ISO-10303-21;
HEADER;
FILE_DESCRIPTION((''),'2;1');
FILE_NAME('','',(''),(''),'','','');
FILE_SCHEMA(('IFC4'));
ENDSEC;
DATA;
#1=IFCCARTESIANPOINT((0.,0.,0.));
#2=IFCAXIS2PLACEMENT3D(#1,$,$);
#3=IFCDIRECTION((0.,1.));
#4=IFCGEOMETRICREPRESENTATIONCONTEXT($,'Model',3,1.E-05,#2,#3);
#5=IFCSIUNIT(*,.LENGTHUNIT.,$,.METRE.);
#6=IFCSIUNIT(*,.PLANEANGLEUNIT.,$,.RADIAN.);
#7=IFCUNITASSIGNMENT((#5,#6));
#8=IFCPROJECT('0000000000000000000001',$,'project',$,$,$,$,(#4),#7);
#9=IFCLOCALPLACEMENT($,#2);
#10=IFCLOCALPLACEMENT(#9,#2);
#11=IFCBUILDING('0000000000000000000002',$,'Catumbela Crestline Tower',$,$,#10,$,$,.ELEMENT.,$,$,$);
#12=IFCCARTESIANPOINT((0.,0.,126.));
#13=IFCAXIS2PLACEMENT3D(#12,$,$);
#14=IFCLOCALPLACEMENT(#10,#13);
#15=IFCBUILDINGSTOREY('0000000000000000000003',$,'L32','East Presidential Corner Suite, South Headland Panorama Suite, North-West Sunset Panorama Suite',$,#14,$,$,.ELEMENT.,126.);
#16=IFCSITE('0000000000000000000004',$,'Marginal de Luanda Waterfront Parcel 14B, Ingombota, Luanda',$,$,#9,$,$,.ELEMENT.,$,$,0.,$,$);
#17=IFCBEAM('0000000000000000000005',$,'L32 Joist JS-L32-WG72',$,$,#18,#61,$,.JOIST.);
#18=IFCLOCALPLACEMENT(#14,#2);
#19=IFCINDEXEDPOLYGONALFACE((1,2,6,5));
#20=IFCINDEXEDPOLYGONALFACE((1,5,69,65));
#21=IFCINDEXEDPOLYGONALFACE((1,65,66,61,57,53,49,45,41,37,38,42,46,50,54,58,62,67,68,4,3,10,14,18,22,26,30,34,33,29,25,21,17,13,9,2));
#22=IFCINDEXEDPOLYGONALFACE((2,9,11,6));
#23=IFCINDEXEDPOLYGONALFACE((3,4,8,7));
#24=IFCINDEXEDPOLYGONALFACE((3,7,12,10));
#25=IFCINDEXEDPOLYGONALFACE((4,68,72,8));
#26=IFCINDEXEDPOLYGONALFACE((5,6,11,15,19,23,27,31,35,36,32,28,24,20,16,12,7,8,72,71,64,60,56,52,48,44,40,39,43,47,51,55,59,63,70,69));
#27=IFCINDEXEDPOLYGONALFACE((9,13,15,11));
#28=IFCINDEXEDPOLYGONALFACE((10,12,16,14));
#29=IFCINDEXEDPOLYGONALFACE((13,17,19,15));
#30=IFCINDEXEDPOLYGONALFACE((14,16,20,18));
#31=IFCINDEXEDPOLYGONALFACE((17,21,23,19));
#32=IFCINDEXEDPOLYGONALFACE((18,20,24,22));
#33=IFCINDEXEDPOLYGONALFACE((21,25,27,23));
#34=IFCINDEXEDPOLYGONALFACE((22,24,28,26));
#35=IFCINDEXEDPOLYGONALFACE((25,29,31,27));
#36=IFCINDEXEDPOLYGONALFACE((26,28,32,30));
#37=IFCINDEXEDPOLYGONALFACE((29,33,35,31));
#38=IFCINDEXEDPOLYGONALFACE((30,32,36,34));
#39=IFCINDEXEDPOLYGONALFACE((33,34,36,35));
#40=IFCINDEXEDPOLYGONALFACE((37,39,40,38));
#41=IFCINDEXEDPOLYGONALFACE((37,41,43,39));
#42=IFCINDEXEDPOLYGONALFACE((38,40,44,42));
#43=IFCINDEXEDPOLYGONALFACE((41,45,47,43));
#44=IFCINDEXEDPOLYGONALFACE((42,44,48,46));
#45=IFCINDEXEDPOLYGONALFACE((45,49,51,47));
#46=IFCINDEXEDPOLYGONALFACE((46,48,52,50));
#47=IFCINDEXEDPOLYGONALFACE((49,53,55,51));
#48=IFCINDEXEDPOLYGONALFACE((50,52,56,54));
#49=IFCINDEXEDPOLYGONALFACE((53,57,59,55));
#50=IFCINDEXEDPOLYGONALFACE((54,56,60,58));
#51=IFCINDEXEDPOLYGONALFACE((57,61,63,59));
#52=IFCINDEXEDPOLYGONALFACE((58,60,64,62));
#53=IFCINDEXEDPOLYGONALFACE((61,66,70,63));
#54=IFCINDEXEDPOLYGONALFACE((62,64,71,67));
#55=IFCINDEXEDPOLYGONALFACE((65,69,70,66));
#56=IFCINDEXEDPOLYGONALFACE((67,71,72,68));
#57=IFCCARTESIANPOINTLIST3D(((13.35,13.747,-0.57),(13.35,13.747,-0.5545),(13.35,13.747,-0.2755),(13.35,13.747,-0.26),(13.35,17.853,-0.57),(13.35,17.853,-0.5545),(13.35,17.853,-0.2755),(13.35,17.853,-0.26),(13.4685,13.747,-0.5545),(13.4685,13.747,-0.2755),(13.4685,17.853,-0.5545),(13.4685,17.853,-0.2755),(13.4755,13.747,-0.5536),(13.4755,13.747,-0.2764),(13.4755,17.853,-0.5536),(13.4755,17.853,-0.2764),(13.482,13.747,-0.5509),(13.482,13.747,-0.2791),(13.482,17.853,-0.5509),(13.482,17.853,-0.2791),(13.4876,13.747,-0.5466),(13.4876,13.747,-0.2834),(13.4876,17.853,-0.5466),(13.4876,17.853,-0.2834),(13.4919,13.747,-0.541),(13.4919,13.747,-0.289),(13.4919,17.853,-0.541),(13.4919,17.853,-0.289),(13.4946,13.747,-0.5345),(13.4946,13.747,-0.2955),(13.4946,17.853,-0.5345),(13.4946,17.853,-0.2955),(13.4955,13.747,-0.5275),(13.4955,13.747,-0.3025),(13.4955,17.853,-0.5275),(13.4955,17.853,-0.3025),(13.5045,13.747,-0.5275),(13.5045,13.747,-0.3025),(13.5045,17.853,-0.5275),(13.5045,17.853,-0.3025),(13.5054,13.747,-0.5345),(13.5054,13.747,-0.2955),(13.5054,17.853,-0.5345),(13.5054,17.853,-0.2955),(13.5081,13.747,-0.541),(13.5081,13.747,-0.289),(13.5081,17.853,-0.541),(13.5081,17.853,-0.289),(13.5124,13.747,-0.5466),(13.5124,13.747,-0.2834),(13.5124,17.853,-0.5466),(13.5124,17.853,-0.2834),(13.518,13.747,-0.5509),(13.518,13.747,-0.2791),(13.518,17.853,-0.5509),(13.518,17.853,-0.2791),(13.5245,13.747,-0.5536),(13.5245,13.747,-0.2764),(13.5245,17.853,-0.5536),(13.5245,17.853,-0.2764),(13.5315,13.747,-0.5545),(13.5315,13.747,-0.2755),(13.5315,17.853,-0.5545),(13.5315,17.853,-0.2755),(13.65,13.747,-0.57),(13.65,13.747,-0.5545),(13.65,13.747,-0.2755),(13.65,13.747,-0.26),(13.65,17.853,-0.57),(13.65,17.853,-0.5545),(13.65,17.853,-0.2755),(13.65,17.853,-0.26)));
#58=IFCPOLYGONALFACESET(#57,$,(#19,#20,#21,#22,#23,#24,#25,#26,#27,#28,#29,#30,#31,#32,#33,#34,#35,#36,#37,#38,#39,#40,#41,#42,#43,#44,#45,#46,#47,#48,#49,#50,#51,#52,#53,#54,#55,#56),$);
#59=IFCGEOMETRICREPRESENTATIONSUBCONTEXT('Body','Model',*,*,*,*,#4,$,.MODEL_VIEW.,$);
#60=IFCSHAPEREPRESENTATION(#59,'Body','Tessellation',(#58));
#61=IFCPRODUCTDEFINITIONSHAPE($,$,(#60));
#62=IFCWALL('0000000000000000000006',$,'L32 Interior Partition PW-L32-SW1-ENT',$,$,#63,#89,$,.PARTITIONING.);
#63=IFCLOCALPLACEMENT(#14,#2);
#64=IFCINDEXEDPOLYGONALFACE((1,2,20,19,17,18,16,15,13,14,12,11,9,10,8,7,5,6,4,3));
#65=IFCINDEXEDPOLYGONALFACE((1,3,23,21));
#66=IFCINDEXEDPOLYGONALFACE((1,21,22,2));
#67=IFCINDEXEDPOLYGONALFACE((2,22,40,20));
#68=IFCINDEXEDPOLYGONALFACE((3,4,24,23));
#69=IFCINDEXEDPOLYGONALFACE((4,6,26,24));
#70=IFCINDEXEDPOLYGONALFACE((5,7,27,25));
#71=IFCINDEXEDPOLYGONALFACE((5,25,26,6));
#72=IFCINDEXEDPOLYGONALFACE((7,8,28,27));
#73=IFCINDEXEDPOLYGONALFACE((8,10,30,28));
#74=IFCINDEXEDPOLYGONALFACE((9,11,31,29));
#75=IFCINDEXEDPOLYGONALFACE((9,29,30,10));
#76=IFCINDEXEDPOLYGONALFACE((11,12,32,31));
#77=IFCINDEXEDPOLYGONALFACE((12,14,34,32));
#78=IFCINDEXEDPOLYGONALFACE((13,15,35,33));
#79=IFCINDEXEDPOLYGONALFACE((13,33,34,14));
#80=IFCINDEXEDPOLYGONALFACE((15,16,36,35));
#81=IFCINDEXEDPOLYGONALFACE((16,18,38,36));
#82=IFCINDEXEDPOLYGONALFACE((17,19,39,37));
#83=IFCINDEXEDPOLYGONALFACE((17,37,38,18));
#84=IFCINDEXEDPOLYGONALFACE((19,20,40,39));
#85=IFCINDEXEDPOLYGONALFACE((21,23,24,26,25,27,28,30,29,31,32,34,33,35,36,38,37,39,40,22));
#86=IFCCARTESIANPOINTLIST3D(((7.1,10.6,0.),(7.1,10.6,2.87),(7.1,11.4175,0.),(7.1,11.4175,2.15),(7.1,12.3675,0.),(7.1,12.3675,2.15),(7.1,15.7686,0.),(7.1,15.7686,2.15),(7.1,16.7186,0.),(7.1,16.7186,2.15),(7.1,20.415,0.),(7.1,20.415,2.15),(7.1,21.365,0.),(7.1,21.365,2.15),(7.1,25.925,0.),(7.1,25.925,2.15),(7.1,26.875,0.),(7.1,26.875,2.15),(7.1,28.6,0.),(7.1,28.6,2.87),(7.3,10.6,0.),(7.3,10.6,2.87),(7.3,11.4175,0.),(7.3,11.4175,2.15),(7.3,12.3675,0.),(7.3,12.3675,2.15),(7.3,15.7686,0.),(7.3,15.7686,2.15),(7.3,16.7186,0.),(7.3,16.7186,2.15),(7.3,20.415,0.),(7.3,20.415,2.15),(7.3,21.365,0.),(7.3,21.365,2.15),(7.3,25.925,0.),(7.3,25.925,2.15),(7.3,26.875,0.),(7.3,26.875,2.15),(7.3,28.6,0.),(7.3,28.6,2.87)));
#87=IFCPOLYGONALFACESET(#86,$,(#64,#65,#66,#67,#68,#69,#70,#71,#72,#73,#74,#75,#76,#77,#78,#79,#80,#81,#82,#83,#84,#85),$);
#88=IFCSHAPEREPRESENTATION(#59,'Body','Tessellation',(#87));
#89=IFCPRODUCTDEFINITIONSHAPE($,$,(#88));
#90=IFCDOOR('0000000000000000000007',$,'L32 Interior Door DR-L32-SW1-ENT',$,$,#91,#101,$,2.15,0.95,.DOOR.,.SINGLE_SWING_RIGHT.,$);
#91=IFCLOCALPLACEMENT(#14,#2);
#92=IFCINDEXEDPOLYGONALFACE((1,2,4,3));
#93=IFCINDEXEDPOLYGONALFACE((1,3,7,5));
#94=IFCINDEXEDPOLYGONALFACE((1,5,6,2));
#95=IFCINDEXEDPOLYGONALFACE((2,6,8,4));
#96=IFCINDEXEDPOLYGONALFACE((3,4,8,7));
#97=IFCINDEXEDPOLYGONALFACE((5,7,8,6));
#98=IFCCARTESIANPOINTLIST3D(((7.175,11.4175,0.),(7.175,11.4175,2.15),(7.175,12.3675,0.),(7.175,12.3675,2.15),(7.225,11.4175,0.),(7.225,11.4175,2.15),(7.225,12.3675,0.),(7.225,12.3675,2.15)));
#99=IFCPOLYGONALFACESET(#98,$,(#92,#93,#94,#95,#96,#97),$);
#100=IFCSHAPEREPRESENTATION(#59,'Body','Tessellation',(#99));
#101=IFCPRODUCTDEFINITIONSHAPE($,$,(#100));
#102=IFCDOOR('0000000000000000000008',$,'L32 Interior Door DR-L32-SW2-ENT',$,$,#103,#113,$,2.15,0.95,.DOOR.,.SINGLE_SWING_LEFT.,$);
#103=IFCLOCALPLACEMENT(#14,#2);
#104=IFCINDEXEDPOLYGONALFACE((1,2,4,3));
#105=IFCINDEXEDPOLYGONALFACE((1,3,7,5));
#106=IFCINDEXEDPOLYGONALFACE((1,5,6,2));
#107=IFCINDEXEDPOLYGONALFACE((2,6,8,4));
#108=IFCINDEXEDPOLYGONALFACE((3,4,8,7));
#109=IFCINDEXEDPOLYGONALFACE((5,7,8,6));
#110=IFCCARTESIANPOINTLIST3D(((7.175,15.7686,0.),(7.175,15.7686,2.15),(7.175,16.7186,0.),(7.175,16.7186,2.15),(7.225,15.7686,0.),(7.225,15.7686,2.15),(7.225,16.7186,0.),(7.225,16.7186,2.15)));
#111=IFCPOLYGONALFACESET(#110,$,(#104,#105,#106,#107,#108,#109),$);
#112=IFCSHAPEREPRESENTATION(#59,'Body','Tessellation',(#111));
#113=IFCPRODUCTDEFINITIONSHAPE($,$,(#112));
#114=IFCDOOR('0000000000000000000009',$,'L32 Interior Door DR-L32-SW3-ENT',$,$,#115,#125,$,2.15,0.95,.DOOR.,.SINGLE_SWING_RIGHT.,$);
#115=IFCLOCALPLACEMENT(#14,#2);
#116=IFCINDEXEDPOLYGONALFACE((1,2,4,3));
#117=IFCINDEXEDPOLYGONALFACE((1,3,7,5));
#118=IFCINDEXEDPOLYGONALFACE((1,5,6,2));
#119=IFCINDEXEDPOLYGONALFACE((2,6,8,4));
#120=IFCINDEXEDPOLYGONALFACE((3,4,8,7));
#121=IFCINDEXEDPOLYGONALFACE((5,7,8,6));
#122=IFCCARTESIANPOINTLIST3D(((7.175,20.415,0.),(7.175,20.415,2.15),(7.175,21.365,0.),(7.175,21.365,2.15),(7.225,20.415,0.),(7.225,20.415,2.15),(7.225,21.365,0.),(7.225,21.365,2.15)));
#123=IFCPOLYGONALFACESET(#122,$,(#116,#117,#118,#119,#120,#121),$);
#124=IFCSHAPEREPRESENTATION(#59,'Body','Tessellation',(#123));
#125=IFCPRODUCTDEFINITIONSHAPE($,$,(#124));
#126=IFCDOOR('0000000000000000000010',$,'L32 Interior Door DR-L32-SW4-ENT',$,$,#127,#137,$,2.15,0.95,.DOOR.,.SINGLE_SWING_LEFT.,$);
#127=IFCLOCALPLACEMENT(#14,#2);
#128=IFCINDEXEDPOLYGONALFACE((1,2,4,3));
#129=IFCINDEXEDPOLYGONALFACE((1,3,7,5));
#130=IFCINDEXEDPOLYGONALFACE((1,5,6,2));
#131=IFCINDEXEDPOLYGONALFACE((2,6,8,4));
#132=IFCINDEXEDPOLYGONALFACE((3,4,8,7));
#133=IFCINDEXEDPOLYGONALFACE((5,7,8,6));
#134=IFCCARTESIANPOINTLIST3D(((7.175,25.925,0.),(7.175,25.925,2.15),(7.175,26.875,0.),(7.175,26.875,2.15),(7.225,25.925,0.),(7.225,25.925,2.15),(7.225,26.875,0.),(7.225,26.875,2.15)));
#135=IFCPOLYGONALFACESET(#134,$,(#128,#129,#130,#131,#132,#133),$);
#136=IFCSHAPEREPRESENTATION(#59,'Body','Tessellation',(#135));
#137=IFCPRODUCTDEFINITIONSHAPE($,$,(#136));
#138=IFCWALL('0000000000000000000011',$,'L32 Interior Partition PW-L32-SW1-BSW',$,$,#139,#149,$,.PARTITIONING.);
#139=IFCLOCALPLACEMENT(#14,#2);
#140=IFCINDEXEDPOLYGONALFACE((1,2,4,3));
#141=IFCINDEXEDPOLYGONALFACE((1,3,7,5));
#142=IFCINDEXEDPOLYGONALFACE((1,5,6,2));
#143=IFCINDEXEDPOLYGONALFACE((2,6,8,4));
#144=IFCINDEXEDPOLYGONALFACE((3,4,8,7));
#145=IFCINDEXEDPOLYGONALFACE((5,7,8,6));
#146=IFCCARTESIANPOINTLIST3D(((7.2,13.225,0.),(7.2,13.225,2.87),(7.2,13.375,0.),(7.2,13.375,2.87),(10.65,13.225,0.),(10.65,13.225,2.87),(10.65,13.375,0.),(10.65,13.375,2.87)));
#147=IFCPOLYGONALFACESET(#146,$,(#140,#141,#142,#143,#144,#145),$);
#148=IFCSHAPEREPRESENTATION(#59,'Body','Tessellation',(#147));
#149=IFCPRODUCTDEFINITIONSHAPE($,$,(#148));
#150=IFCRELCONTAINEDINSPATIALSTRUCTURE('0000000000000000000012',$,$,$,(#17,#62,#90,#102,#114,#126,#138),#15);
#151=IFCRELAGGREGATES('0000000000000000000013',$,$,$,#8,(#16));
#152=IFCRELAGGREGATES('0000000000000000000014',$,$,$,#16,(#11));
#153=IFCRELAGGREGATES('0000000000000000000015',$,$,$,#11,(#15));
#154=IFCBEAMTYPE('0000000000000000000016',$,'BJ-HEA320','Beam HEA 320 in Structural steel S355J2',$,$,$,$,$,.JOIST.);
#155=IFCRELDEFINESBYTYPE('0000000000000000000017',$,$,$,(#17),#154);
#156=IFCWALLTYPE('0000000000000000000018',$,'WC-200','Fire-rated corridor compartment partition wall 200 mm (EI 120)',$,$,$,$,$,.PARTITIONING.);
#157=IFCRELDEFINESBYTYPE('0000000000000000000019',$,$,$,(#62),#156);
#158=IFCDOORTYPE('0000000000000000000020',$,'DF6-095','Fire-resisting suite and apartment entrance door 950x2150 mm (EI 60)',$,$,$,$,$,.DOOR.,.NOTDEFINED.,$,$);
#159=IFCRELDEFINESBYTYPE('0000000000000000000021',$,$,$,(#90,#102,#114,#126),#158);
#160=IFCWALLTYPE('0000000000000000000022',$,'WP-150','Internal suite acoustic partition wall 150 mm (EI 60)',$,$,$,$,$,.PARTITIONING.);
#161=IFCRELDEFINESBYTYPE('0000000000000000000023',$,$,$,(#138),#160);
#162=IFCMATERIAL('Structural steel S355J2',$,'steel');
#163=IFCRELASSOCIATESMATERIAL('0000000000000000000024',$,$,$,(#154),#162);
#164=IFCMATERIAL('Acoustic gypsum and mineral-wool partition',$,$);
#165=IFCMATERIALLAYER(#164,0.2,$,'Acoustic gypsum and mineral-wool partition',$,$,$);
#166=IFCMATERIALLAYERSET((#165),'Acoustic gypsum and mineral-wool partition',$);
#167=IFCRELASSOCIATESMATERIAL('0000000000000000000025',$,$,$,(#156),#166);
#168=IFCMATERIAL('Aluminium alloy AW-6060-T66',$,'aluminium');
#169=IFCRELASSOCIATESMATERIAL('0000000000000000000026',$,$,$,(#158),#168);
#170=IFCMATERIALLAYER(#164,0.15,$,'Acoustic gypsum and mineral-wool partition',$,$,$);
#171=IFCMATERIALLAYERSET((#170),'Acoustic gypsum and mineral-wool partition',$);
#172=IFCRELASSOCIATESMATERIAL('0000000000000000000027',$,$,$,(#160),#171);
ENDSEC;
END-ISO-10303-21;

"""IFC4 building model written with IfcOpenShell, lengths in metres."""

from ifc_helpers import new_model, si_unit, direction, frame, frame_2d, origin, origin_2d, place, context, subcontext, project, spatial, rectangle, i_section, extrude, material, layer, layer_set, material_profile, profile_set, type_object, element, fill, save


model = new_model("IFC4")

# Units and contexts
model_context = context("Model", 3, precision=1e-05, world=origin(), true_north=direction((0.0, 1.0)))
body_context = subcontext(model_context, "Body", "Model", "MODEL_VIEW")
ifc_project = project(units=[si_unit("LENGTHUNIT", "METRE"), si_unit("PLANEANGLEUNIT", "RADIAN")], contexts=[model_context])

# Site, building, storey
site_placement = place(None, origin())
site = spatial("IfcSite", under=ifc_project, at=site_placement, Name="Marginal de Luanda Waterfront Parcel 14B, Ingombota, Luanda", CompositionType="ELEMENT", RefElevation=0.0)
building_placement = place(site_placement, origin())
building = spatial("IfcBuilding", under=site, at=building_placement, Name="Catumbela Crestline Tower", CompositionType="ELEMENT")
storey_placement = place(building_placement, frame((0.0, 0.0, 126.0)))
storey = spatial("IfcBuildingStorey", under=building, at=storey_placement, Name="L32", Description="East Presidential Corner Suite, South Headland Panorama Suite, North-West Sunset Panorama Suite", CompositionType="ELEMENT", Elevation=126.0)

# Beam
ifc_material_1 = material(Name="Structural steel S355J2", Category="steel")
ifc_material_profile_1 = material_profile(ifc_material_1, i_section(OverallWidth=0.3, OverallDepth=0.31, WebThickness=0.009, FlangeThickness=0.0155, FilletRadius=0.027, at=origin_2d()), Name="HEA 320")
ifc_profile_set_1 = profile_set([ifc_material_profile_1], Name="Structural steel S355J2")
beam_type_1 = type_object("IfcBeamType", Name="BJ-HEA320", Description="Beam HEA 320 in Structural steel S355J2", PredefinedType="JOIST", material=ifc_profile_set_1)
for number, where, z_axis, x_axis, name in (
    (1, (13.5, 13.747, -0.415), (0.0, 1.0, 0.0), (-1.0, 0.0, 0.0), "L32 Joist JS-L32-WG72"),
):
    element("IfcBeam", number, at=place(storey_placement, frame(where, z_axis=z_axis, x_axis=x_axis)), inside=storey, type_object=beam_type_1, Name=name, PredefinedType="JOIST", context=body_context, shape_type="SweptSolid", body=[
        extrude(i_section(OverallWidth=0.3, OverallDepth=0.31, WebThickness=0.009, FlangeThickness=0.0155, FilletRadius=0.027, at=origin_2d()), origin(), (0.0, 0.0, 1.0), 4.106),
    ])

# Wall, openings, doors
ifc_material_2 = material(Name="Acoustic gypsum and mineral-wool partition")
ifc_layer_1 = layer(ifc_material_2, 0.2, Name="Acoustic gypsum and mineral-wool partition")
ifc_layer_set_1 = layer_set([ifc_layer_1], Name="Acoustic gypsum and mineral-wool partition")
wall_type_1 = type_object("IfcWallType", Name="WC-200", Description="Fire-rated corridor compartment partition wall 200 mm (EI 120)", PredefinedType="PARTITIONING", material=ifc_layer_set_1)
wall_1_placement = place(storey_placement, frame((7.2, 10.6, 0.0), z_axis=(0.0, 0.0, 1.0), x_axis=(0.0, 1.0, 0.0)))
wall_1 = element("IfcWall", 2, at=wall_1_placement, inside=storey, type_object=wall_type_1, Name="L32 Interior Partition PW-L32-SW1-ENT", PredefinedType="PARTITIONING", context=body_context, shape_type="SweptSolid", body=[
    extrude(rectangle(XDim=18.0, YDim=0.2, at=frame_2d((9.0, 0.0))), origin(), (0.0, 0.0, 1.0), 2.87),
])
opening_1_placement = place(wall_1_placement, frame((0.8175, 0.0, 0.0)))
opening_1 = element("IfcOpeningElement", 3, at=opening_1_placement, cuts=wall_1, PredefinedType="OPENING", context=body_context, shape_type="SweptSolid", body=[
    extrude(rectangle(XDim=0.95, YDim=2.15, at=frame_2d((0.475, 1.075))), frame((0.0, 0.11, 0.0), z_axis=(0.0, -1.0, 0.0), x_axis=(1.0, 0.0, 0.0)), (0.0, 0.0, 1.0), 0.22),
])
opening_2_placement = place(wall_1_placement, frame((5.1686, 0.0, 0.0)))
opening_2 = element("IfcOpeningElement", 4, at=opening_2_placement, cuts=wall_1, PredefinedType="OPENING", context=body_context, shape_type="SweptSolid", body=[
    extrude(rectangle(XDim=0.95, YDim=2.15, at=frame_2d((0.475, 1.075))), frame((0.0, 0.11, 0.0), z_axis=(0.0, -1.0, 0.0), x_axis=(1.0, 0.0, 0.0)), (0.0, 0.0, 1.0), 0.22),
])
opening_3_placement = place(wall_1_placement, frame((9.815, 0.0, 0.0)))
opening_3 = element("IfcOpeningElement", 5, at=opening_3_placement, cuts=wall_1, PredefinedType="OPENING", context=body_context, shape_type="SweptSolid", body=[
    extrude(rectangle(XDim=0.95, YDim=2.15, at=frame_2d((0.475, 1.075))), frame((0.0, 0.11, 0.0), z_axis=(0.0, -1.0, 0.0), x_axis=(1.0, 0.0, 0.0)), (0.0, 0.0, 1.0), 0.22),
])
opening_4_placement = place(wall_1_placement, frame((15.325, 0.0, 0.0)))
opening_4 = element("IfcOpeningElement", 6, at=opening_4_placement, cuts=wall_1, PredefinedType="OPENING", context=body_context, shape_type="SweptSolid", body=[
    extrude(rectangle(XDim=0.95, YDim=2.15, at=frame_2d((0.475, 1.075))), frame((0.0, 0.11, 0.0), z_axis=(0.0, -1.0, 0.0), x_axis=(1.0, 0.0, 0.0)), (0.0, 0.0, 1.0), 0.22),
])
ifc_material_3 = material(Name="Aluminium alloy AW-6060-T66", Category="aluminium")
door_type_1 = type_object("IfcDoorType", Name="DF6-095", Description="Fire-resisting suite and apartment entrance door 950x2150 mm (EI 60)", OperationType="NOTDEFINED", PredefinedType="DOOR", material=ifc_material_3)
door_1_placement = place(opening_1_placement, origin())
door_1 = element("IfcDoor", 7, at=door_1_placement, inside=storey, type_object=door_type_1, Name="L32 Interior Door DR-L32-SW1-ENT", OperationType="SINGLE_SWING_RIGHT", OverallHeight=2.15, OverallWidth=0.95, PredefinedType="DOOR", context=body_context, shape_type="SweptSolid", body=[
    extrude(rectangle(XDim=0.95, YDim=2.15, at=frame_2d((0.475, 1.075))), frame((0.0, 0.025, 0.0), z_axis=(0.0, -1.0, 0.0), x_axis=(1.0, 0.0, 0.0)), (0.0, 0.0, 1.0), 0.05),
])
fill(opening_1, door_1)
door_2_placement = place(opening_2_placement, origin())
door_2 = element("IfcDoor", 8, at=door_2_placement, inside=storey, type_object=door_type_1, Name="L32 Interior Door DR-L32-SW2-ENT", OperationType="SINGLE_SWING_LEFT", OverallHeight=2.15, OverallWidth=0.95, PredefinedType="DOOR", context=body_context, shape_type="SweptSolid", body=[
    extrude(rectangle(XDim=0.95, YDim=2.15, at=frame_2d((0.475, 1.075))), frame((0.0, 0.025, 0.0), z_axis=(0.0, -1.0, 0.0), x_axis=(1.0, 0.0, 0.0)), (0.0, 0.0, 1.0), 0.05),
])
fill(opening_2, door_2)
door_3_placement = place(opening_3_placement, origin())
door_3 = element("IfcDoor", 9, at=door_3_placement, inside=storey, type_object=door_type_1, Name="L32 Interior Door DR-L32-SW3-ENT", OperationType="SINGLE_SWING_RIGHT", OverallHeight=2.15, OverallWidth=0.95, PredefinedType="DOOR", context=body_context, shape_type="SweptSolid", body=[
    extrude(rectangle(XDim=0.95, YDim=2.15, at=frame_2d((0.475, 1.075))), frame((0.0, 0.025, 0.0), z_axis=(0.0, -1.0, 0.0), x_axis=(1.0, 0.0, 0.0)), (0.0, 0.0, 1.0), 0.05),
])
fill(opening_3, door_3)
door_4_placement = place(opening_4_placement, origin())
door_4 = element("IfcDoor", 10, at=door_4_placement, inside=storey, type_object=door_type_1, Name="L32 Interior Door DR-L32-SW4-ENT", OperationType="SINGLE_SWING_LEFT", OverallHeight=2.15, OverallWidth=0.95, PredefinedType="DOOR", context=body_context, shape_type="SweptSolid", body=[
    extrude(rectangle(XDim=0.95, YDim=2.15, at=frame_2d((0.475, 1.075))), frame((0.0, 0.025, 0.0), z_axis=(0.0, -1.0, 0.0), x_axis=(1.0, 0.0, 0.0)), (0.0, 0.0, 1.0), 0.05),
])
fill(opening_4, door_4)

# Wall
ifc_layer_2 = layer(ifc_material_2, 0.15, Name="Acoustic gypsum and mineral-wool partition")
ifc_layer_set_2 = layer_set([ifc_layer_2], Name="Acoustic gypsum and mineral-wool partition")
wall_type_2 = type_object("IfcWallType", Name="WP-150", Description="Internal suite acoustic partition wall 150 mm (EI 60)", PredefinedType="PARTITIONING", material=ifc_layer_set_2)
wall_2_placement = place(storey_placement, frame((7.2, 13.3, 0.0), z_axis=(0.0, 0.0, 1.0), x_axis=(1.0, 0.0, 0.0)))
element("IfcWall", 11, at=wall_2_placement, inside=storey, type_object=wall_type_2, Name="L32 Interior Partition PW-L32-SW1-BSW", PredefinedType="PARTITIONING", context=body_context, shape_type="SweptSolid", body=[
    extrude(rectangle(XDim=3.45, YDim=0.15, at=frame_2d((1.725, 0.0))), origin(), (0.0, 0.0, 1.0), 2.87),
])

save(model, "model.ifc")
